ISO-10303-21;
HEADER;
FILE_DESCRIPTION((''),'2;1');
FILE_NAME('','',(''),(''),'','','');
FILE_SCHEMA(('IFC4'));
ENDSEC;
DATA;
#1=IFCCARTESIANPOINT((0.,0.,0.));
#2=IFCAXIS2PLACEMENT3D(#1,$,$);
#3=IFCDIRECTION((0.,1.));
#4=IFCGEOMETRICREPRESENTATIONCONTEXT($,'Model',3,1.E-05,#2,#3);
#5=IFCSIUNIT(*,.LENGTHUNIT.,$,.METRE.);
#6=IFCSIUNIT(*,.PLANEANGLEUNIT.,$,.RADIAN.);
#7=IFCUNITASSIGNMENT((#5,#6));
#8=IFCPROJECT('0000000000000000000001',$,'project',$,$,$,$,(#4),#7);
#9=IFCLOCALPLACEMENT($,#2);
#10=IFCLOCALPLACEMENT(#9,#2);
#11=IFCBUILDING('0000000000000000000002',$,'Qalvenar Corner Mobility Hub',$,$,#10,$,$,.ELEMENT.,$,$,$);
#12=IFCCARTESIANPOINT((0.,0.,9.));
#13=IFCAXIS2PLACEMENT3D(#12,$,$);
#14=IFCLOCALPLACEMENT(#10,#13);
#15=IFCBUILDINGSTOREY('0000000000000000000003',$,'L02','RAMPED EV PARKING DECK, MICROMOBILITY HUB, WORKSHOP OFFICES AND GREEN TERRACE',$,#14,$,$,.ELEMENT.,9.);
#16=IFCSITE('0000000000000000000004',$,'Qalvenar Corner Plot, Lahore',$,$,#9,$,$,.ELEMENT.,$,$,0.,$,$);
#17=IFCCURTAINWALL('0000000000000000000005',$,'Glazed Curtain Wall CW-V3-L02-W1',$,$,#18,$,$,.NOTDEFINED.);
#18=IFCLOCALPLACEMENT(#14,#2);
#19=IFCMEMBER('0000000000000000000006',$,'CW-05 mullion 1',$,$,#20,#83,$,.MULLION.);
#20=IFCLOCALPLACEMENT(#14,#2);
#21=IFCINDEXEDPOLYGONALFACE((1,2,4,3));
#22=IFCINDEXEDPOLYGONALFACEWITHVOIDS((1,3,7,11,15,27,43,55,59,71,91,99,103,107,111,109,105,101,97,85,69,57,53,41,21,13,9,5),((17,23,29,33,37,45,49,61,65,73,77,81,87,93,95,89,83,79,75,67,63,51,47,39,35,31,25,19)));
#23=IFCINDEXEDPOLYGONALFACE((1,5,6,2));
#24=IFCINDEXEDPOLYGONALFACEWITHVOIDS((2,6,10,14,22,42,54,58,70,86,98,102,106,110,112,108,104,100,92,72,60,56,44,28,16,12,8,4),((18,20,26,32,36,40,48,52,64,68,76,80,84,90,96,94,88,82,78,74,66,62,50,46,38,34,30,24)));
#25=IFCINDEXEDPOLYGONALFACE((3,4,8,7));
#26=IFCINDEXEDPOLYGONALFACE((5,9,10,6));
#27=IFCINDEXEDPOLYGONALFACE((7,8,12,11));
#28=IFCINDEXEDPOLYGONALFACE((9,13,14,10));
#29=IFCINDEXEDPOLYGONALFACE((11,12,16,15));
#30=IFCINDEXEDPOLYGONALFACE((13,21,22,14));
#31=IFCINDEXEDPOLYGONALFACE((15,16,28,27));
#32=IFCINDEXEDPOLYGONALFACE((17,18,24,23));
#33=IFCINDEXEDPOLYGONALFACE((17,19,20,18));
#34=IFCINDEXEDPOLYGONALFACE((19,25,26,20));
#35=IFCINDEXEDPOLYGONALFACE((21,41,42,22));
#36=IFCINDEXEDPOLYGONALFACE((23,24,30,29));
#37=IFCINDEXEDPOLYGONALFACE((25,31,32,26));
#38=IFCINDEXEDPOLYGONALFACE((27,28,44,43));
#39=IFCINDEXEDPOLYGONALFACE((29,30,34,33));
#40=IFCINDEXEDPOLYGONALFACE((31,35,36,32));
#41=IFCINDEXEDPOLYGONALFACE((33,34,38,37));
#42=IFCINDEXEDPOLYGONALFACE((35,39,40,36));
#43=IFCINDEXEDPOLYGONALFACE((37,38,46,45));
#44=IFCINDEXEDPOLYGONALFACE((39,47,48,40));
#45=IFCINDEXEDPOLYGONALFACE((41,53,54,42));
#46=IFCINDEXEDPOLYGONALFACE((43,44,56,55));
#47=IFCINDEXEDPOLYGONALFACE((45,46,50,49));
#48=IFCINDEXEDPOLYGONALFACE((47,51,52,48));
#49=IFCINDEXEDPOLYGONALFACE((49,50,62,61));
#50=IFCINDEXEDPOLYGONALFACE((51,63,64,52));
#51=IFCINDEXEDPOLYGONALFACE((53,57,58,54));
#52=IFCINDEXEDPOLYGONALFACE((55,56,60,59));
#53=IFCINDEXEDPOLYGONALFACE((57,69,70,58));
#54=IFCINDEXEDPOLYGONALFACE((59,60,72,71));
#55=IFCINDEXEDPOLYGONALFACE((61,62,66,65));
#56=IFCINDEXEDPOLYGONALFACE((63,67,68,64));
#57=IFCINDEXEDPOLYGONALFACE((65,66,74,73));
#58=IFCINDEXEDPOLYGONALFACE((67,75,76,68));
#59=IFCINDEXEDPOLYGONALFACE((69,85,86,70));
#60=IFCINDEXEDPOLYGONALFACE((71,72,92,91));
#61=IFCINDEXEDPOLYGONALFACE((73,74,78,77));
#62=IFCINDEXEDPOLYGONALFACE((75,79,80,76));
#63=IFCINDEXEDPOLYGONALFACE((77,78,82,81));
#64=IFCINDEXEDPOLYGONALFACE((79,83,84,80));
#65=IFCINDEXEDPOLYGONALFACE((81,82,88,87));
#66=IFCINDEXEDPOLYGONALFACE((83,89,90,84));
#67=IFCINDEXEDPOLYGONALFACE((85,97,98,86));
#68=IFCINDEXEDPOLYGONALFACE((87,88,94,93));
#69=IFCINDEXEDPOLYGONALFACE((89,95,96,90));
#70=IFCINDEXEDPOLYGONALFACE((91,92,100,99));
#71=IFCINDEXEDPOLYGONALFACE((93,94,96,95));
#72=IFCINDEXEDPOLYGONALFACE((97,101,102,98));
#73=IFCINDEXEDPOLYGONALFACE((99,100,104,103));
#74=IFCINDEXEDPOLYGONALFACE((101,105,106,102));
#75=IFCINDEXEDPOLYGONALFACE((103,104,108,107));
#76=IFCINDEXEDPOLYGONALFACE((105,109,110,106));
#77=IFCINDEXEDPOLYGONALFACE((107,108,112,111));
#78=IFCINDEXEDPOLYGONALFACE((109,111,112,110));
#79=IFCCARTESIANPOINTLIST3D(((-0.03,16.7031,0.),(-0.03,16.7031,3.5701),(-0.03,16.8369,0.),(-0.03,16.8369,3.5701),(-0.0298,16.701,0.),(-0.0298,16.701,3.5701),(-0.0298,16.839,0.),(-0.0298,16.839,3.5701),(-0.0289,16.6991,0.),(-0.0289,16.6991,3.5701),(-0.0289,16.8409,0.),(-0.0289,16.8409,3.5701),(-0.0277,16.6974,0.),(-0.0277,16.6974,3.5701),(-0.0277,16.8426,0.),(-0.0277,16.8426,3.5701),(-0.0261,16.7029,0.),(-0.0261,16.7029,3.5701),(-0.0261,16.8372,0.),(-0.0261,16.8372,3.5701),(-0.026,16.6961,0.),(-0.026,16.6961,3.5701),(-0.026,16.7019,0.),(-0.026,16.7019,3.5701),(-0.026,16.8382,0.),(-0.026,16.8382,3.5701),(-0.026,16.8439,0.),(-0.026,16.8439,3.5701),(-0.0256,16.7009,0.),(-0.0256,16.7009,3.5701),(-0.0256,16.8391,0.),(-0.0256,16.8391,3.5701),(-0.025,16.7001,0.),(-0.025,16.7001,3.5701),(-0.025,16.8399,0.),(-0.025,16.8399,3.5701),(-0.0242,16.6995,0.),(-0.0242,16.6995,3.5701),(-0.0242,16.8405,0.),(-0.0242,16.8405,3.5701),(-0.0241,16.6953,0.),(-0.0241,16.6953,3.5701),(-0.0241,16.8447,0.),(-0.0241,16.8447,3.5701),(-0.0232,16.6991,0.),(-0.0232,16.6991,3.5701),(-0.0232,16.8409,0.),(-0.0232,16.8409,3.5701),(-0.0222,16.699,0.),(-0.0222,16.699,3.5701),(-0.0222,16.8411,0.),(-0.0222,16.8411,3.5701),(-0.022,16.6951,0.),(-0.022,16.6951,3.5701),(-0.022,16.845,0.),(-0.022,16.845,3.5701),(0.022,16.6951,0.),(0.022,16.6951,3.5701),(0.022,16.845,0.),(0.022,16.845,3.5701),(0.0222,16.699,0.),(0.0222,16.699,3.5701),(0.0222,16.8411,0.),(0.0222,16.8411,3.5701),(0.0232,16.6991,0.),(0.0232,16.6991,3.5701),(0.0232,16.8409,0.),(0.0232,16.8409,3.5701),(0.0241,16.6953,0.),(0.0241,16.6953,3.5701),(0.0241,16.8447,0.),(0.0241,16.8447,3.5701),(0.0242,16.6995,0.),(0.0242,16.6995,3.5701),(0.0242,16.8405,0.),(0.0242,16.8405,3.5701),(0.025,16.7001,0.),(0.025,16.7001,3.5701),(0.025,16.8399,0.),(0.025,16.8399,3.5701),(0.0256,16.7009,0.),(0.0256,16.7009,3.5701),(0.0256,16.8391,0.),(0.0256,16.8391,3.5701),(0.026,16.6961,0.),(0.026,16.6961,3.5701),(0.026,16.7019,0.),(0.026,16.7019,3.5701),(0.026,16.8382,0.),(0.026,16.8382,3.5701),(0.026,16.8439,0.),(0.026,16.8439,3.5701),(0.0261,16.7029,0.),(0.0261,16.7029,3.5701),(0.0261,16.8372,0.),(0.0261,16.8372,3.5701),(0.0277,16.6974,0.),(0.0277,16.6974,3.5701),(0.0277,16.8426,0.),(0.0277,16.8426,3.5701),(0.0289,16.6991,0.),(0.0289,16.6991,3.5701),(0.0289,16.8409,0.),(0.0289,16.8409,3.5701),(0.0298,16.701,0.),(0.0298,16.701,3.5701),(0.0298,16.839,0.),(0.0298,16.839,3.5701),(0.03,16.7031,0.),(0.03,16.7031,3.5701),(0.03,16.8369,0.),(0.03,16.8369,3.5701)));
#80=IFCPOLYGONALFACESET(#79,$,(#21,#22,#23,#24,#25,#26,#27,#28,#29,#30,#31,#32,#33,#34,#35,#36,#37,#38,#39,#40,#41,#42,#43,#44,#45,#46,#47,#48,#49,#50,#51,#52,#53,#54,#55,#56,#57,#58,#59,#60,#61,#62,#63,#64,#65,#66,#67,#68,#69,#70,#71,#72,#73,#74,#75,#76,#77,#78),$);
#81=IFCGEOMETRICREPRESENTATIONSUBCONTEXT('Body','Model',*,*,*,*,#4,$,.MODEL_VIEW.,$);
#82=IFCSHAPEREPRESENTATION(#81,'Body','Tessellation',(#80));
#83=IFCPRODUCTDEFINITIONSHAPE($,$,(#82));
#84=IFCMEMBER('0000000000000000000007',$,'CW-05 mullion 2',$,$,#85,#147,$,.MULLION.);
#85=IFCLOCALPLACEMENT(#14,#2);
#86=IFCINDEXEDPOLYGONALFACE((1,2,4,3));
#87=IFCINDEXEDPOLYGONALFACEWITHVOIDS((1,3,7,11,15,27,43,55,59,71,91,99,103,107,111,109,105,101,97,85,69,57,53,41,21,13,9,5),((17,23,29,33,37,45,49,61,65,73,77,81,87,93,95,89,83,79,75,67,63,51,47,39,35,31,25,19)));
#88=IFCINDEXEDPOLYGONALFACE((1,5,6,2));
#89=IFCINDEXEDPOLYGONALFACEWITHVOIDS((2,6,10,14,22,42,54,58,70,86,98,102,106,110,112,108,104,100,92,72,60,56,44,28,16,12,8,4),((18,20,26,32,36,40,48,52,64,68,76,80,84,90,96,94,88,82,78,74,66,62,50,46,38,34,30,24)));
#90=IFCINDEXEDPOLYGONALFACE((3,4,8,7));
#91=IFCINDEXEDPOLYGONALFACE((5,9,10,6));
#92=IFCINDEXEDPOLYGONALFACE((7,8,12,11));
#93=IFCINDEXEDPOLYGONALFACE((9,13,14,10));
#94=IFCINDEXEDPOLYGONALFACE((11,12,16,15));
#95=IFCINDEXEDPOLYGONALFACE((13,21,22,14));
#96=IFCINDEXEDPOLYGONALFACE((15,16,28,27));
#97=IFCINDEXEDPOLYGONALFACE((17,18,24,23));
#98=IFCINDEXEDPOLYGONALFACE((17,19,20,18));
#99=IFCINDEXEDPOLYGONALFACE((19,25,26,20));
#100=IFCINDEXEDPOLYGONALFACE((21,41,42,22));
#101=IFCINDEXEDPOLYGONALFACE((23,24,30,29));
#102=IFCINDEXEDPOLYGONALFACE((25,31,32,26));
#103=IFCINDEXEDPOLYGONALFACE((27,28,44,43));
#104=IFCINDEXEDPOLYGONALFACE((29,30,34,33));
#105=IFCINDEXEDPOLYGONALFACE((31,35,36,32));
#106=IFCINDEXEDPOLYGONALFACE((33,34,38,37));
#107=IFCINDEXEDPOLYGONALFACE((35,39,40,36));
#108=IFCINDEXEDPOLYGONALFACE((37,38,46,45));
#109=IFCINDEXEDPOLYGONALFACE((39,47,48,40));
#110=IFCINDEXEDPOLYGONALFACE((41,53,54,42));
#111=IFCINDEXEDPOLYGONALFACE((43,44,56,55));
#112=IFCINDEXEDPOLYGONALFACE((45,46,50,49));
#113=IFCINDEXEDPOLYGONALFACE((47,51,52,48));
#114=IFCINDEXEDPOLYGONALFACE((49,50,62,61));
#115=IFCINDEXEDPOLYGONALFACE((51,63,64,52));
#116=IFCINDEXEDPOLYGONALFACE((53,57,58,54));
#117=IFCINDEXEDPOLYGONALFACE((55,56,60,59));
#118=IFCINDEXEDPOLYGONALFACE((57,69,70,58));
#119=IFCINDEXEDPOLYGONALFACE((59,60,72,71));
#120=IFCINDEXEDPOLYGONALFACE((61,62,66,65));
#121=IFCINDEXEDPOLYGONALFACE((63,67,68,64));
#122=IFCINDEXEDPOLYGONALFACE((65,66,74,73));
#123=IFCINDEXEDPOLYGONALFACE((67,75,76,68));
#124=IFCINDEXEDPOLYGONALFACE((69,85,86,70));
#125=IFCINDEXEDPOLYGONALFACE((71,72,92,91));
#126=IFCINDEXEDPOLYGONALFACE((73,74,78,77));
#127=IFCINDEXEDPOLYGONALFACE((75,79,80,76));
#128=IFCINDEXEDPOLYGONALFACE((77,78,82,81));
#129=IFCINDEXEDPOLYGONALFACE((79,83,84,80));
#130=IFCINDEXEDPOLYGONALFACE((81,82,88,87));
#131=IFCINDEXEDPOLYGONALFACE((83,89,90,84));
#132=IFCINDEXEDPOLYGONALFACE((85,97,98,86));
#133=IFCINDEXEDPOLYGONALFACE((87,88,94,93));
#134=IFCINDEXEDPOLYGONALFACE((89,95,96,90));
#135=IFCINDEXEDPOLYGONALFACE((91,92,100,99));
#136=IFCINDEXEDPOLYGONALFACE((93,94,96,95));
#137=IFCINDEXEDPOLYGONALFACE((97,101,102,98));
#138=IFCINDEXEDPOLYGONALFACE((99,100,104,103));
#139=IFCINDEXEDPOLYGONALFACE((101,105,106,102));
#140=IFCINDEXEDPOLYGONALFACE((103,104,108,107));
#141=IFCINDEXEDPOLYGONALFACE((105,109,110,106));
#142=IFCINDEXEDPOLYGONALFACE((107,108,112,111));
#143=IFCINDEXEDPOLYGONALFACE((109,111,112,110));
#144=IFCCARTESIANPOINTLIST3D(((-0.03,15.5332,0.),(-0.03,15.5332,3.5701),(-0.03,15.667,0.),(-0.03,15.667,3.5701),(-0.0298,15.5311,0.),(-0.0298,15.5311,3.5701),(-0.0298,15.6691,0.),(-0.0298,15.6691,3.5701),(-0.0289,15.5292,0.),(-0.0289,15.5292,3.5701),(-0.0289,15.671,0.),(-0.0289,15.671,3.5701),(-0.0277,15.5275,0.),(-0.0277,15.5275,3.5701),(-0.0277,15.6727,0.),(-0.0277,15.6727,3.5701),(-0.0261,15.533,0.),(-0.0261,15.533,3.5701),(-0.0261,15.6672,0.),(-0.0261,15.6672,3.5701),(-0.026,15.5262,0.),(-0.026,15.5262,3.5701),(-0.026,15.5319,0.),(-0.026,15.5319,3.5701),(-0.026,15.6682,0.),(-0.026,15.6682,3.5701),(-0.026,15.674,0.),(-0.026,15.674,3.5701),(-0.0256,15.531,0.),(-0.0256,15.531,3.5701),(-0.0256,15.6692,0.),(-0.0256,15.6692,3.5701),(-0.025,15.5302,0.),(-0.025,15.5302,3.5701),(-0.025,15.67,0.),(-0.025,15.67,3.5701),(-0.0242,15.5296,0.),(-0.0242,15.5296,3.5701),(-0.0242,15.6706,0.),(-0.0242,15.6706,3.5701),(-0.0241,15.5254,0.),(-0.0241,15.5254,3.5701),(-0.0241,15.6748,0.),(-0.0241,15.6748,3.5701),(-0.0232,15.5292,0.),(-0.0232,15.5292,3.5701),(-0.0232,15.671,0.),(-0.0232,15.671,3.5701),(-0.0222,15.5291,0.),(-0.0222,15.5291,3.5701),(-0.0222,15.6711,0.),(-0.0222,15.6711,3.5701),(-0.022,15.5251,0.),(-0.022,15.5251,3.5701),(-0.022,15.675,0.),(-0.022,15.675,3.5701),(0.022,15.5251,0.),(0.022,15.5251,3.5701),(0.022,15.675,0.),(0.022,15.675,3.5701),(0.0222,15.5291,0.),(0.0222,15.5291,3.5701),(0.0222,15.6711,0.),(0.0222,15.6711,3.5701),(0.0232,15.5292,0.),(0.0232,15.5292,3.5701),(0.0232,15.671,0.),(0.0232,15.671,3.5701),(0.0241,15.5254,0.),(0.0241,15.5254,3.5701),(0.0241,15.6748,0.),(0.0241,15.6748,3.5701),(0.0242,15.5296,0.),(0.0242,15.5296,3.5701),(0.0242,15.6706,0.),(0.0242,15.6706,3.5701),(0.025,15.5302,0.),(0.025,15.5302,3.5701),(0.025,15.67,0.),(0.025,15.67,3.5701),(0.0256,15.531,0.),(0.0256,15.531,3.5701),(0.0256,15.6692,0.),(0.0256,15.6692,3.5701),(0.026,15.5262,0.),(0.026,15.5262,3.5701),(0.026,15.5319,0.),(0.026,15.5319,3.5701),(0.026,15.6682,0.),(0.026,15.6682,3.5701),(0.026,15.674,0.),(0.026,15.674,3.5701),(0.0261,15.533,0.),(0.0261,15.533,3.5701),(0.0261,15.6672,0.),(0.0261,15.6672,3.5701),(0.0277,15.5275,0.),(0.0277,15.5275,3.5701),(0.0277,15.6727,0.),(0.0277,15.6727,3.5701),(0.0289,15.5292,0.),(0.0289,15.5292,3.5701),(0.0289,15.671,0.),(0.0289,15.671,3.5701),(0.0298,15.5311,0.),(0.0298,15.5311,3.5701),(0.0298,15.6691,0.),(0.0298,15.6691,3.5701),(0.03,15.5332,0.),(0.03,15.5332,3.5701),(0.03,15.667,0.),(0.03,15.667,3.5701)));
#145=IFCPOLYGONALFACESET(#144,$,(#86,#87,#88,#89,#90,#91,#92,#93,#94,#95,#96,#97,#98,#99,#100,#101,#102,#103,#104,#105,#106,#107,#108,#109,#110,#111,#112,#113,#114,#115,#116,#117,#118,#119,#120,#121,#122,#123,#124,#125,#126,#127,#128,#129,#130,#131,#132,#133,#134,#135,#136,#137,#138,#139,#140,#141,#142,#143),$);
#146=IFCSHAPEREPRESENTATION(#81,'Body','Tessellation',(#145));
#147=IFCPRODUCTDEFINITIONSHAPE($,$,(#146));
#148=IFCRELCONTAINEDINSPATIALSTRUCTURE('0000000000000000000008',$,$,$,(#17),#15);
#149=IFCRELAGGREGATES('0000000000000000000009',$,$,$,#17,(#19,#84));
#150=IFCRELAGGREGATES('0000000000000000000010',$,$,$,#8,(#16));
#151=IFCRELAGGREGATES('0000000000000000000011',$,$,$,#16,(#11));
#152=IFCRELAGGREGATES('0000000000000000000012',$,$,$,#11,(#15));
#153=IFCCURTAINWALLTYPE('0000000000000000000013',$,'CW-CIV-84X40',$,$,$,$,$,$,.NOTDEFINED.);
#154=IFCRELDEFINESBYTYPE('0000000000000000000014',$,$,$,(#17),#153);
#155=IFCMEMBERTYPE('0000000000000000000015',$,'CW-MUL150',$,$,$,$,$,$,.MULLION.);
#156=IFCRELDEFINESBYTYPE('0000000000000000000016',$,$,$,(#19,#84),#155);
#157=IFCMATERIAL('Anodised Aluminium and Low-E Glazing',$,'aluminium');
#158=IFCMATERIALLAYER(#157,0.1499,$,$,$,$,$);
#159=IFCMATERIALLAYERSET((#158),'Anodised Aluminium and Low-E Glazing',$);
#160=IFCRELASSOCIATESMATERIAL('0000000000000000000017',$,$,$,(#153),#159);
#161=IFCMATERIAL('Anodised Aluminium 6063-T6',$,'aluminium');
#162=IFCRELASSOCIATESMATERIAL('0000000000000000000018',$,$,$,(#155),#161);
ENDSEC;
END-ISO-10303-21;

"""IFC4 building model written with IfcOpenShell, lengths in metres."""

from ifc_helpers import new_model, si_unit, direction, frame, origin, origin_2d, place, context, subcontext, project, spatial, hollow_rectangle, extrude, material, layer, layer_set, material_profile, profile_set, type_object, element, aggregate, save


model = new_model("IFC4")

# Units and contexts
model_context = context("Model", 3, precision=1e-05, world=origin(), true_north=direction((0.0, 1.0)))
body_context = subcontext(model_context, "Body", "Model", "MODEL_VIEW")
ifc_project = project(units=[si_unit("LENGTHUNIT", "METRE"), si_unit("PLANEANGLEUNIT", "RADIAN")], contexts=[model_context])

# Site, building, storey
site_placement = place(None, origin())
site = spatial("IfcSite", under=ifc_project, at=site_placement, Name="Qalvenar Corner Plot, Lahore", CompositionType="ELEMENT", RefElevation=0.0)
building_placement = place(site_placement, origin())
building = spatial("IfcBuilding", under=site, at=building_placement, Name="Qalvenar Corner Mobility Hub", CompositionType="ELEMENT")
storey_placement = place(building_placement, frame((0.0, 0.0, 9.0)))
storey = spatial("IfcBuildingStorey", under=building, at=storey_placement, Name="L02", Description="RAMPED EV PARKING DECK, MICROMOBILITY HUB, WORKSHOP OFFICES AND GREEN TERRACE", CompositionType="ELEMENT", Elevation=9.0)

# Curtain wall, members
ifc_material_1 = material(Name="Anodised Aluminium and Low-E Glazing", Category="aluminium")
ifc_layer_1 = layer(ifc_material_1, 0.1499)
ifc_layer_set_1 = layer_set([ifc_layer_1], Name="Anodised Aluminium and Low-E Glazing")
curtain_wall_type = type_object("IfcCurtainWallType", Name="CW-CIV-84X40", PredefinedType="NOTDEFINED", material=ifc_layer_set_1)
curtain_wall_1_placement = place(storey_placement, origin())
curtain_wall_1 = element("IfcCurtainWall", 1, at=curtain_wall_1_placement, inside=storey, type_object=curtain_wall_type, Name="Glazed Curtain Wall CW-V3-L02-W1", PredefinedType="NOTDEFINED")
ifc_material_2 = material(Name="Anodised Aluminium 6063-T6", Category="aluminium")
ifc_material_profile_1 = material_profile(ifc_material_2, hollow_rectangle(XDim=0.0601, YDim=0.1499, WallThickness=0.0039, InnerFilletRadius=0.0039, OuterFilletRadius=0.0081, at=origin_2d()), Name="RHS150x60x4")
ifc_profile_set_1 = profile_set([ifc_material_profile_1], Name="Anodised Aluminium 6063-T6")
member_type_1 = type_object("IfcMemberType", Name="CW-MUL150", PredefinedType="MULLION", material=ifc_profile_set_1)
member_1_placement = place(storey_placement, frame((0.0, 16.77, 0.0), z_axis=(0.0, 0.0, 1.0), x_axis=(1.0, 0.0, 0.0)))
member_1 = element("IfcMember", 2, at=member_1_placement, type_object=member_type_1, Name="CW-05 mullion 1", PredefinedType="MULLION", context=body_context, shape_type="SweptSolid", body=[
    extrude(hollow_rectangle(XDim=0.0601, YDim=0.1499, WallThickness=0.0039, InnerFilletRadius=0.0039, OuterFilletRadius=0.0081, at=origin_2d()), origin(), (0.0, 0.0, 1.0), 3.5701),
])
member_2_placement = place(storey_placement, frame((0.0, 15.6001, 0.0), z_axis=(0.0, 0.0, 1.0), x_axis=(1.0, 0.0, 0.0)))
member_2 = element("IfcMember", 3, at=member_2_placement, type_object=member_type_1, Name="CW-05 mullion 2", PredefinedType="MULLION", context=body_context, shape_type="SweptSolid", body=[
    extrude(hollow_rectangle(XDim=0.0601, YDim=0.1499, WallThickness=0.0039, InnerFilletRadius=0.0039, OuterFilletRadius=0.0081, at=origin_2d()), origin(), (0.0, 0.0, 1.0), 3.5701),
])

aggregate(curtain_wall_1, [member_1, member_2])

save(model, "model.ifc")
